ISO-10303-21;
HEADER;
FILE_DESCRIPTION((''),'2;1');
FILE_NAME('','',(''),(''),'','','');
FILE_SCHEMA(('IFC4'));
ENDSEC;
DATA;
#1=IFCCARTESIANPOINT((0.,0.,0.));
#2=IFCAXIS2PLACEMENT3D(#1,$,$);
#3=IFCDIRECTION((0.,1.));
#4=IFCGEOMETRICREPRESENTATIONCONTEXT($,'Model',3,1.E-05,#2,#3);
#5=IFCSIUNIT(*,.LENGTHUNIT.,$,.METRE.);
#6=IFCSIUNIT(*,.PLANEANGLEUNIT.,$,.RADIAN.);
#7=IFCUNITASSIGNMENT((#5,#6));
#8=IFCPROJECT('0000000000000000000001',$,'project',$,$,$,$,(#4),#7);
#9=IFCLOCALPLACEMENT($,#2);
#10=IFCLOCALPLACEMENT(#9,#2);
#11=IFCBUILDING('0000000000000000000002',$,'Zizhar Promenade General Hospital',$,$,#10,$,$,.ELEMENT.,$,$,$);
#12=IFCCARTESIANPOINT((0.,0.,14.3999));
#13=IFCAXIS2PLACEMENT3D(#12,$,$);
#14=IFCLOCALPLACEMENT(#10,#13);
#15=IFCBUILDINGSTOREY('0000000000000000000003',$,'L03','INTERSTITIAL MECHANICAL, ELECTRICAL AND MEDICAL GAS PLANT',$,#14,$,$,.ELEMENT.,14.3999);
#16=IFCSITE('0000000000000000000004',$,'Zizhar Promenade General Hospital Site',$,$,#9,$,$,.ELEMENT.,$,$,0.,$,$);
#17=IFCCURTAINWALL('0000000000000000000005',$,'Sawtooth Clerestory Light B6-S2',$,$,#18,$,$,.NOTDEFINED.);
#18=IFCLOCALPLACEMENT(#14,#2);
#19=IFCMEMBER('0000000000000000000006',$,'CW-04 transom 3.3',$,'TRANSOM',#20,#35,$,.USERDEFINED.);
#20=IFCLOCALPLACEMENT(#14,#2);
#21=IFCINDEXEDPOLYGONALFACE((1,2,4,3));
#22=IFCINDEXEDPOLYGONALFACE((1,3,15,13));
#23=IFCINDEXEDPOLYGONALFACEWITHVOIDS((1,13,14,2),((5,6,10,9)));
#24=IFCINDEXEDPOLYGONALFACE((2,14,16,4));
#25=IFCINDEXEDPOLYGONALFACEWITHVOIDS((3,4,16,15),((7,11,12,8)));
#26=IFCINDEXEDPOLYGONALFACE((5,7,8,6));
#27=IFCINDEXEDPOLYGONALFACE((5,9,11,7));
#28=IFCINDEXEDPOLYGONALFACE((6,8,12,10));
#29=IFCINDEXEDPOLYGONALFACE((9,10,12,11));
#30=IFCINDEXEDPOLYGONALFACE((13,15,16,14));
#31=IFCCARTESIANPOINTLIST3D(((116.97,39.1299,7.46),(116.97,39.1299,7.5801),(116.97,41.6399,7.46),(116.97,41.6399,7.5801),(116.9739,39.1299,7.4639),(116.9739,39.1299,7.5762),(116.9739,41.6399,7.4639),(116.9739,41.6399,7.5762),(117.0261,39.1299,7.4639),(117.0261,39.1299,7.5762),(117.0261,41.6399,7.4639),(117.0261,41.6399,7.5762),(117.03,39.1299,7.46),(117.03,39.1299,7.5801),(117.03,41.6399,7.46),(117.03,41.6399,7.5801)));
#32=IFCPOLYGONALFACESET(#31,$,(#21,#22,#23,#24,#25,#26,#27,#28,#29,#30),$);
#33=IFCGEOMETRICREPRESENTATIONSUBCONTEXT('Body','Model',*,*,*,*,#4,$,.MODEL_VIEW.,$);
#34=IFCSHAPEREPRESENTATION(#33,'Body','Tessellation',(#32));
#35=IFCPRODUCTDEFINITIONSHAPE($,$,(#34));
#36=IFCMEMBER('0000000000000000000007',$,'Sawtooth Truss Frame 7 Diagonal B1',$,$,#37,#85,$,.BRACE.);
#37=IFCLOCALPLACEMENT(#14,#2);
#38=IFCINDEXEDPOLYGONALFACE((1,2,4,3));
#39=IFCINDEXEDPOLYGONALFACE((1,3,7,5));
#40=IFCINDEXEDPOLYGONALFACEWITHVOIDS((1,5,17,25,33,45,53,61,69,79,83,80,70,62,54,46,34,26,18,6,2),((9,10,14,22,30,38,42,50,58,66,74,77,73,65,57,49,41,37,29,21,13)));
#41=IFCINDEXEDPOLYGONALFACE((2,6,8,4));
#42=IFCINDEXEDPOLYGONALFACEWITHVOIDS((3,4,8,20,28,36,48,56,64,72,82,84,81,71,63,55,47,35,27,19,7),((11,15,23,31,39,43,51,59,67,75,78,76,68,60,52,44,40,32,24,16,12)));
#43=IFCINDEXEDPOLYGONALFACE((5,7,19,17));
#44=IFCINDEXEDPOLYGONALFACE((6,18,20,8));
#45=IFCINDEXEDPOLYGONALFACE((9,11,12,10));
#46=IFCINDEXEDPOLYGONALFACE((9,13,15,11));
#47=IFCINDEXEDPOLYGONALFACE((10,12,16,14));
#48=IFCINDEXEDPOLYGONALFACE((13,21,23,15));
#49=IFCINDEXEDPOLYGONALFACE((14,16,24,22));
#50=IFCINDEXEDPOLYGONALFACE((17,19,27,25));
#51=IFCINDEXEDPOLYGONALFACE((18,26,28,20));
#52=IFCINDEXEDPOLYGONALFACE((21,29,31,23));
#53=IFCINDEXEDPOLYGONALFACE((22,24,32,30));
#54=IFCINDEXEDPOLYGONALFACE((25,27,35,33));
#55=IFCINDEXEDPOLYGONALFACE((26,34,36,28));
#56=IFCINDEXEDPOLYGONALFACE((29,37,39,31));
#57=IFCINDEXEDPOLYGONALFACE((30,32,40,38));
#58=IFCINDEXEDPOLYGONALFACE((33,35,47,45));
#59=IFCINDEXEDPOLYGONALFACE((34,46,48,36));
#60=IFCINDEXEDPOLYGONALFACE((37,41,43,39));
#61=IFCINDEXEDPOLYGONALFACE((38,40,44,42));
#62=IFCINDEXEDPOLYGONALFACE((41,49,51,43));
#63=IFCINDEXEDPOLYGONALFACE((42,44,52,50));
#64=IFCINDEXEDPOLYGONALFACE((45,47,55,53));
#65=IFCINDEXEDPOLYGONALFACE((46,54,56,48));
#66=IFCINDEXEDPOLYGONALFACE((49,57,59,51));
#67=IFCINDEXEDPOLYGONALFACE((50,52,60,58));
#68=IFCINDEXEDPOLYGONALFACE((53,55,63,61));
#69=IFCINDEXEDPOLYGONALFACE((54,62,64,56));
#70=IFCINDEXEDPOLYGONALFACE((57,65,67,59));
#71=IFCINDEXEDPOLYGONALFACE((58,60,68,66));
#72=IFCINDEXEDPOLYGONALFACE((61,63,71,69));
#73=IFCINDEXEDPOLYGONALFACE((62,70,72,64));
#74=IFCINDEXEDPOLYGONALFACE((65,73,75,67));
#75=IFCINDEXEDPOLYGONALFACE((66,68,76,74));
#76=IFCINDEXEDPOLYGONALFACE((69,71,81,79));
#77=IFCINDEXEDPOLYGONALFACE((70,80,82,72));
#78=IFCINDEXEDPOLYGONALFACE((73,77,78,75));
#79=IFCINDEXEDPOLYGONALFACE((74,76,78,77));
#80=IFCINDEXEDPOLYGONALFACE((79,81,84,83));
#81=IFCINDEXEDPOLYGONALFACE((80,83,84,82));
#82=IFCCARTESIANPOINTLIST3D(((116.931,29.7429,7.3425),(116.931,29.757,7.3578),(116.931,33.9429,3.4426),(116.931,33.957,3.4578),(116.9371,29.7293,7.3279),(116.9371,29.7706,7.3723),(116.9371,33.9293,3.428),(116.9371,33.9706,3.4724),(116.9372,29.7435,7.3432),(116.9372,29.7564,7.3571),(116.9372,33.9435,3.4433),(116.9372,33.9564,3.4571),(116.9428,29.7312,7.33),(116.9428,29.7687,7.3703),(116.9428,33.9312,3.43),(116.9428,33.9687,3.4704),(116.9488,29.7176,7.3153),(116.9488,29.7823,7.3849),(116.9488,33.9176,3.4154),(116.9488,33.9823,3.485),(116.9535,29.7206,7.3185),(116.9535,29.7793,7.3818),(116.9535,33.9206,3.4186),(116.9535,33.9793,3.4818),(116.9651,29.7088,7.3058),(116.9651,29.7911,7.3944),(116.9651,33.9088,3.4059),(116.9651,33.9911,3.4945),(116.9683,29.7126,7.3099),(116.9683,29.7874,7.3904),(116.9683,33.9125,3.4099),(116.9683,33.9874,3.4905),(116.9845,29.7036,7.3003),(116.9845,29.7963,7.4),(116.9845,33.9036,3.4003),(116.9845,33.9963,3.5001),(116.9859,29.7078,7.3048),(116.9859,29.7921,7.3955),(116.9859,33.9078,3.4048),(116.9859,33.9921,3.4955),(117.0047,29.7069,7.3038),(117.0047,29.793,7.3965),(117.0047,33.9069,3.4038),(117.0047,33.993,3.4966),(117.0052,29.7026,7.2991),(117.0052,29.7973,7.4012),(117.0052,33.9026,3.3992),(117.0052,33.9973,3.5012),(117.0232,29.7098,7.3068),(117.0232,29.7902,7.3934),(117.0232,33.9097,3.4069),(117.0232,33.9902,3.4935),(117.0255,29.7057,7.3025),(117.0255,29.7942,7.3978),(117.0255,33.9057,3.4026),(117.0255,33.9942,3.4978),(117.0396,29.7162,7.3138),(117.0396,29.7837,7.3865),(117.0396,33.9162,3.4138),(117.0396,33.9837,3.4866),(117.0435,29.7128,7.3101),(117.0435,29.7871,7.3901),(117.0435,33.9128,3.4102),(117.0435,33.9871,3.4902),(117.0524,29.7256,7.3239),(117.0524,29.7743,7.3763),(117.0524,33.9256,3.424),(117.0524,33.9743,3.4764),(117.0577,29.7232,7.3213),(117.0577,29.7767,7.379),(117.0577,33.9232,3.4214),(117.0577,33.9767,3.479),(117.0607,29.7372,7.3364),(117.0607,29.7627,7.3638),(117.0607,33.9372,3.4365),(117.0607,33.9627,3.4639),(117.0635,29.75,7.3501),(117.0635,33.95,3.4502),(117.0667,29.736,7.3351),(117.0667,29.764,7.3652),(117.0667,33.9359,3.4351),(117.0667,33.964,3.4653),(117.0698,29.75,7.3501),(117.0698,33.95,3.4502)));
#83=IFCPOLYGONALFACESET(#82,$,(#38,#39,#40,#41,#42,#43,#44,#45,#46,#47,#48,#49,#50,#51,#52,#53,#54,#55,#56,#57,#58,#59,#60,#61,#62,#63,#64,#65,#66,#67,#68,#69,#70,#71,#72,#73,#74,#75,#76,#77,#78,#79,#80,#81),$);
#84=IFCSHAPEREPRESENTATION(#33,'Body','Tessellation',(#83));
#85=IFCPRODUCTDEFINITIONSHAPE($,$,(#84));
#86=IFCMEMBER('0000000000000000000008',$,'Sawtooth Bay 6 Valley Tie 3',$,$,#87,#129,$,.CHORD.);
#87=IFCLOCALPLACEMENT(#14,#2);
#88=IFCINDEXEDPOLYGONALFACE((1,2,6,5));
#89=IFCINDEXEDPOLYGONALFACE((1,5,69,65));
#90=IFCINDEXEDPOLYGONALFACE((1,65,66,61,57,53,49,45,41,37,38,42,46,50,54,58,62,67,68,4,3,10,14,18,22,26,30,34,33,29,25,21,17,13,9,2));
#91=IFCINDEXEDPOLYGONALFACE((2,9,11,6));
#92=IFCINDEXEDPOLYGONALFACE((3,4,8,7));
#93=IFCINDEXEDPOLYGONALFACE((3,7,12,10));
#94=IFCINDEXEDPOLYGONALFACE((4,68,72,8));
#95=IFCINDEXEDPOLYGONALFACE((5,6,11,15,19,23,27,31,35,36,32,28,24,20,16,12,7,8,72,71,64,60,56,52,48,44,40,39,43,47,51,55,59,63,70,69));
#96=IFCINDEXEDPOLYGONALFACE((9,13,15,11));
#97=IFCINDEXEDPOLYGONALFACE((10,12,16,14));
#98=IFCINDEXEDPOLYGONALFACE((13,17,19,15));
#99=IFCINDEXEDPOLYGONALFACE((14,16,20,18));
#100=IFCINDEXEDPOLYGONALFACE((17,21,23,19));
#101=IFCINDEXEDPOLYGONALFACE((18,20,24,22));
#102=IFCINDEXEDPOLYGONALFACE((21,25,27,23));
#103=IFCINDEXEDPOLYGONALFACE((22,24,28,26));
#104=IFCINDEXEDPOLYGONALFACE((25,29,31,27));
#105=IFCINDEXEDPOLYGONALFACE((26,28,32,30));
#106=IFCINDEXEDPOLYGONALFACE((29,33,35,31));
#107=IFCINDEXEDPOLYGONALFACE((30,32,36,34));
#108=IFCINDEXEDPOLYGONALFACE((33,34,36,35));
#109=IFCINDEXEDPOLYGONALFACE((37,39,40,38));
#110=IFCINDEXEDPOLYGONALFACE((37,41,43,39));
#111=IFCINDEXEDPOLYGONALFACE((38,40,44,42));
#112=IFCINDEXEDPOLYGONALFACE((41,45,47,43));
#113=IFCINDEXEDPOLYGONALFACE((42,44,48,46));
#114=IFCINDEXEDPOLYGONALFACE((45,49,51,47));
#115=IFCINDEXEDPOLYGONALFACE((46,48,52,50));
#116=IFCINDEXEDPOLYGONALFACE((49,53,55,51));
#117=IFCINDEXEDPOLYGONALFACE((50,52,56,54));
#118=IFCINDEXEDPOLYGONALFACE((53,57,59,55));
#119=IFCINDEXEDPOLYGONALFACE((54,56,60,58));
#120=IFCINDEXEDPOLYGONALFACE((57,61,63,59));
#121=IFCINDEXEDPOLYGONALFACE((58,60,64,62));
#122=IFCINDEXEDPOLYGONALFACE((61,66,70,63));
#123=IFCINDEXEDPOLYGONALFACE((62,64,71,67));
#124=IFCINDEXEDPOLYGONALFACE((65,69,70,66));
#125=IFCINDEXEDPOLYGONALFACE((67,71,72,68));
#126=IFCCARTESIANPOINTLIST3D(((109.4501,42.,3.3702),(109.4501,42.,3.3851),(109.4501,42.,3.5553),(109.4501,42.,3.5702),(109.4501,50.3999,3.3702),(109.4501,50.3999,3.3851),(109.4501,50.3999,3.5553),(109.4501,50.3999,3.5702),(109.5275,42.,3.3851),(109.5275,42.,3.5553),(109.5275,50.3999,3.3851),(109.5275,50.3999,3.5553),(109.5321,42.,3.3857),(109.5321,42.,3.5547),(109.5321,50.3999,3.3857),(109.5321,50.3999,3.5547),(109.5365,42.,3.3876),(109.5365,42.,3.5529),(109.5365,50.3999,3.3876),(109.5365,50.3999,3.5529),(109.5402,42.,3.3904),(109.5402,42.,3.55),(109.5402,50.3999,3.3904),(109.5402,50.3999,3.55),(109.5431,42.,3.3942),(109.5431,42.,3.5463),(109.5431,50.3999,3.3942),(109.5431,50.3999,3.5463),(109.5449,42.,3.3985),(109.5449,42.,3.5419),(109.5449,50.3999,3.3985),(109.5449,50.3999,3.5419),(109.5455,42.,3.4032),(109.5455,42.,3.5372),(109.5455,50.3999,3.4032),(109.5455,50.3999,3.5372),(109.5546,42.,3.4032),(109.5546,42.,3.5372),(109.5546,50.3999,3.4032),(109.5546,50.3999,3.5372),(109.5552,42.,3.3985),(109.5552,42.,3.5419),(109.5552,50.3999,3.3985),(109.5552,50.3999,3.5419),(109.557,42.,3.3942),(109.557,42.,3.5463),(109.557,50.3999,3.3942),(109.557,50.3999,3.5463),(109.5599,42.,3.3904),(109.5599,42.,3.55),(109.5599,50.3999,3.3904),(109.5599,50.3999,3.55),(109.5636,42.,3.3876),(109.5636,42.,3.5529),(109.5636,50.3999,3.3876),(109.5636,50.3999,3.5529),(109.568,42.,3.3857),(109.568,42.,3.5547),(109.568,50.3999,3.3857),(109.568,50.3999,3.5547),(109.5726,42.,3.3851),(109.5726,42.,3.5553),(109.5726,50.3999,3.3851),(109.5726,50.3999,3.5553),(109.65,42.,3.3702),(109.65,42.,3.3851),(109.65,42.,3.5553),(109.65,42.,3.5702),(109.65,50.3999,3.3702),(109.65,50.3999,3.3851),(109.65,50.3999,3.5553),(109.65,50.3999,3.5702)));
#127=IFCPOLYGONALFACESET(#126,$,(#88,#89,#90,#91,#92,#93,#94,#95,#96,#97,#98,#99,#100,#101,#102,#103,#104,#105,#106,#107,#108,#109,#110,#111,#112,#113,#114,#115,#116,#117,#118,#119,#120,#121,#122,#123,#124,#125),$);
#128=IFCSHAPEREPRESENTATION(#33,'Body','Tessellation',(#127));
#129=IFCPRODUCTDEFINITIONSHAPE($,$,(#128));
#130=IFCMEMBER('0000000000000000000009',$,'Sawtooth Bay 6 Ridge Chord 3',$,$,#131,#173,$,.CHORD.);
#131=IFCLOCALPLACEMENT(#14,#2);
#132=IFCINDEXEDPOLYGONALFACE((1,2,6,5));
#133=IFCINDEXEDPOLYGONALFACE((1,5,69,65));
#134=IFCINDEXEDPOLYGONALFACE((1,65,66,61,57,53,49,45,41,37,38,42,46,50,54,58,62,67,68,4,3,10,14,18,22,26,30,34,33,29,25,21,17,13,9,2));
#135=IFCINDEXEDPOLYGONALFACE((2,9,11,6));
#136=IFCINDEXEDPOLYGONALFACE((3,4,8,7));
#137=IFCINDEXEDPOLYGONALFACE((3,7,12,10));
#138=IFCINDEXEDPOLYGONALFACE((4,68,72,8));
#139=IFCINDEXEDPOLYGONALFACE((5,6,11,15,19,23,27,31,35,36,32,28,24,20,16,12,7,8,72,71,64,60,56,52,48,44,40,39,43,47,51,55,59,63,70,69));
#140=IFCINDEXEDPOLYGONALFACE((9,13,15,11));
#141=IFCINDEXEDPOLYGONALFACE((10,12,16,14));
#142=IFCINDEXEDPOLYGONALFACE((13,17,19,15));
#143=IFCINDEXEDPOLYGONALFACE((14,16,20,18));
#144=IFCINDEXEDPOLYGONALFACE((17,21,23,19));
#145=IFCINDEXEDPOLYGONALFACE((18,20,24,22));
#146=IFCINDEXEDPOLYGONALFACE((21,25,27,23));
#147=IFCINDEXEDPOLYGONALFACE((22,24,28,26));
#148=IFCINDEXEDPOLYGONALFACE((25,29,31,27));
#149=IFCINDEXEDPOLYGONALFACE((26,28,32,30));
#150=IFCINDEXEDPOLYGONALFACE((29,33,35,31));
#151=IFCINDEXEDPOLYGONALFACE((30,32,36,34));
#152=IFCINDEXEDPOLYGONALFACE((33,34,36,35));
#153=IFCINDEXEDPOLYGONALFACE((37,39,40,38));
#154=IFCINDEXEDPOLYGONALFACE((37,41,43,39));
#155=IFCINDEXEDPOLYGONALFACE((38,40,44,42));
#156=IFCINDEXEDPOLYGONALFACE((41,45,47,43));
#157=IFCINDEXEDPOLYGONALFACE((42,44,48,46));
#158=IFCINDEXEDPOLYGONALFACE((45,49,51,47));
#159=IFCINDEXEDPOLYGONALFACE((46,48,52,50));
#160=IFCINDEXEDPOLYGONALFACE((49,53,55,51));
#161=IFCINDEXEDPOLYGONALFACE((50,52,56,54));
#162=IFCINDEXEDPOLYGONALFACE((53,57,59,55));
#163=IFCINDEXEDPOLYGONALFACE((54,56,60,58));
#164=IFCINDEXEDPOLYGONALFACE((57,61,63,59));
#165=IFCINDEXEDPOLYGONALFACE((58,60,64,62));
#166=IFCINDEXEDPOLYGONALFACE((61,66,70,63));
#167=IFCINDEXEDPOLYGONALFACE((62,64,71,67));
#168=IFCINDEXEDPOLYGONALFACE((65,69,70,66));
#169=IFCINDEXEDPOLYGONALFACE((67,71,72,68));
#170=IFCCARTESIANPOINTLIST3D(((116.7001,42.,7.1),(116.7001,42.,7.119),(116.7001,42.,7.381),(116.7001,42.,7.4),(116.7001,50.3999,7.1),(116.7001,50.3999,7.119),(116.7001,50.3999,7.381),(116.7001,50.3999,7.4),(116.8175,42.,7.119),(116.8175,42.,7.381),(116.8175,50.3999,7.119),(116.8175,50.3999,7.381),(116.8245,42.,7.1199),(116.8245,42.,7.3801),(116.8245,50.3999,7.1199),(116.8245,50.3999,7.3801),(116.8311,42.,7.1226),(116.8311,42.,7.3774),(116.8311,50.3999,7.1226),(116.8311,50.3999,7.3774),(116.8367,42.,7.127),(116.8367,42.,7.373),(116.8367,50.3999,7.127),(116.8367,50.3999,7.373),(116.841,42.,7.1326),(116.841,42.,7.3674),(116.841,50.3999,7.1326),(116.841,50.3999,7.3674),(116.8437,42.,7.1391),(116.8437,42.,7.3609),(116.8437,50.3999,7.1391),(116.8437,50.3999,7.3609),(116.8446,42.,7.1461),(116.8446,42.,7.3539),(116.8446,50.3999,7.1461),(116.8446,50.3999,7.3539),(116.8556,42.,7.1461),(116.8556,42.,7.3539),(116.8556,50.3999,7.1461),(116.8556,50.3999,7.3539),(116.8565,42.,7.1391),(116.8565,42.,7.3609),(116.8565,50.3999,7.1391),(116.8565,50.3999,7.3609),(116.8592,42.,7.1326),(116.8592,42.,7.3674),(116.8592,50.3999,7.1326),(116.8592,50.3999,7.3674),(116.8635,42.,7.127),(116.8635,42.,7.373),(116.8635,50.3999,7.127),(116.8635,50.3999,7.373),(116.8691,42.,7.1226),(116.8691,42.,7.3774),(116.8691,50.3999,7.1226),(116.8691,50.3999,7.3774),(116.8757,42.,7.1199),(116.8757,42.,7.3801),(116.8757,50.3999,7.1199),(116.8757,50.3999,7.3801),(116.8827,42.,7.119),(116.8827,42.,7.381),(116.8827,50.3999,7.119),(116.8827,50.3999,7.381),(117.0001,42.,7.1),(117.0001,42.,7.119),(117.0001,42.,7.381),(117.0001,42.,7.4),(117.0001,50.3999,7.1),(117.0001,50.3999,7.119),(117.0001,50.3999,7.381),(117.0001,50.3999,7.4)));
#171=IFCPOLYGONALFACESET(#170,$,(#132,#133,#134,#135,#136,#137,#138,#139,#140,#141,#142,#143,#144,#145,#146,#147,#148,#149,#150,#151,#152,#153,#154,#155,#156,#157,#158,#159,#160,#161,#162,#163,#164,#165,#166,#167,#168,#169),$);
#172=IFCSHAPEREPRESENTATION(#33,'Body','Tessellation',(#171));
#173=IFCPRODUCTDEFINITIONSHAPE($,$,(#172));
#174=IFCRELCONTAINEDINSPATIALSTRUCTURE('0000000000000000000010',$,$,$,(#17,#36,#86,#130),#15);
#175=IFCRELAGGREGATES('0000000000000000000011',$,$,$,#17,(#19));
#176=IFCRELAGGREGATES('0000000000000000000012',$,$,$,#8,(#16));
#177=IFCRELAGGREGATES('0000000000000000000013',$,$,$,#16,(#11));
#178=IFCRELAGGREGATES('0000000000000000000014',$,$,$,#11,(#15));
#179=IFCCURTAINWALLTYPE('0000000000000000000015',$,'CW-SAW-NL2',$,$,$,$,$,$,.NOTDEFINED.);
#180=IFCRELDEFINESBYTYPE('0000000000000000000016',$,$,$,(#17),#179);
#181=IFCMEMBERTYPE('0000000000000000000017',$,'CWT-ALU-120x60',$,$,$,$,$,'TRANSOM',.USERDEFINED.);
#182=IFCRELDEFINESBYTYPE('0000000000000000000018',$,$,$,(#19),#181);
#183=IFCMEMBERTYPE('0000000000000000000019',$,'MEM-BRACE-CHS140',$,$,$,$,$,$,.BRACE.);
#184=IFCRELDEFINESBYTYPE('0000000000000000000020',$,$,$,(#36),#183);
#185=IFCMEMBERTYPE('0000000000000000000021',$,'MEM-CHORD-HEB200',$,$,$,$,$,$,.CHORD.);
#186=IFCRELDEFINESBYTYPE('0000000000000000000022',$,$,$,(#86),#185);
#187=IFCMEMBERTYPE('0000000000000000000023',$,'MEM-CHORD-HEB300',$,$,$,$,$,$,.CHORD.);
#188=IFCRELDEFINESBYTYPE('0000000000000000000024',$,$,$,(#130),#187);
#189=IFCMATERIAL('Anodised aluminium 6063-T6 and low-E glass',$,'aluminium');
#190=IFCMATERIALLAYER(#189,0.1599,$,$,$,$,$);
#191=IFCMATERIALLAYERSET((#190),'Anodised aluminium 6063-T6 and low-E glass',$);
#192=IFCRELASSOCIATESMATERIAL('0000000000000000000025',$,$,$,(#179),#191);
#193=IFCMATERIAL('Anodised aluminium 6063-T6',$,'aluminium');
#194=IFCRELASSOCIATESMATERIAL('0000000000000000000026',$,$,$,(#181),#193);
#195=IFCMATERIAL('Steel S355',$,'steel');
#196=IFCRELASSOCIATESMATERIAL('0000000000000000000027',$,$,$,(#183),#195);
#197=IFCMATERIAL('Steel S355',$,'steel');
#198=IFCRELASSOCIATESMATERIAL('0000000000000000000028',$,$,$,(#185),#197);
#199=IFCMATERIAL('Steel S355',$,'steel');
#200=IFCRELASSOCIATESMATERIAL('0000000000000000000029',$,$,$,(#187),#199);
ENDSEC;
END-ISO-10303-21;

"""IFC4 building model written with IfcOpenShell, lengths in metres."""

from ifc_helpers import new_model, si_unit, direction, frame, origin, origin_2d, place, context, subcontext, project, spatial, hollow_rectangle, hollow_circle, i_section, extrude, material, layer, layer_set, material_profile, profile_set, type_object, element, aggregate, save


model = new_model("IFC4")

# Units and contexts
model_context = context("Model", 3, precision=1e-05, world=origin(), true_north=direction((0.0, 1.0)))
body_context = subcontext(model_context, "Body", "Model", "MODEL_VIEW")
ifc_project = project(units=[si_unit("LENGTHUNIT", "METRE"), si_unit("PLANEANGLEUNIT", "RADIAN")], contexts=[model_context])

# Site, building, storey
site_placement = place(None, origin())
site = spatial("IfcSite", under=ifc_project, at=site_placement, Name="Zizhar Promenade General Hospital Site", CompositionType="ELEMENT", RefElevation=0.0)
building_placement = place(site_placement, origin())
building = spatial("IfcBuilding", under=site, at=building_placement, Name="Zizhar Promenade General Hospital", CompositionType="ELEMENT")
storey_placement = place(building_placement, frame((0.0, 0.0, 14.3999)))
storey = spatial("IfcBuildingStorey", under=building, at=storey_placement, Name="L03", Description="INTERSTITIAL MECHANICAL, ELECTRICAL AND MEDICAL GAS PLANT", CompositionType="ELEMENT", Elevation=14.3999)

# Curtain wall, member
ifc_material_1 = material(Name="Anodised aluminium 6063-T6 and low-E glass", Category="aluminium")
ifc_layer_1 = layer(ifc_material_1, 0.1599)
ifc_layer_set_1 = layer_set([ifc_layer_1], Name="Anodised aluminium 6063-T6 and low-E glass")
curtain_wall_type = type_object("IfcCurtainWallType", Name="CW-SAW-NL2", PredefinedType="NOTDEFINED", material=ifc_layer_set_1)
curtain_wall_placement = place(storey_placement, origin())
curtain_wall = element("IfcCurtainWall", 1, at=curtain_wall_placement, inside=storey, type_object=curtain_wall_type, Name="Sawtooth Clerestory Light B6-S2", PredefinedType="NOTDEFINED")
ifc_material_2 = material(Name="Anodised aluminium 6063-T6", Category="aluminium")
ifc_material_profile_1 = material_profile(ifc_material_2, hollow_rectangle(XDim=0.0601, YDim=0.1201, WallThickness=0.0039, at=origin_2d()))
ifc_profile_set_1 = profile_set([ifc_material_profile_1], Name="Anodised aluminium 6063-T6")
member_type_1 = type_object("IfcMemberType", Name="CWT-ALU-120x60", ElementType="TRANSOM", PredefinedType="USERDEFINED", material=ifc_profile_set_1)
member_1_placement = place(storey_placement, frame((117.0, 39.1299, 7.52), z_axis=(0.0, 1.0, 0.0), x_axis=(-1.0, 0.0, 0.0)))
member_1 = element("IfcMember", 2, at=member_1_placement, type_object=member_type_1, Name="CW-04 transom 3.3", ObjectType="TRANSOM", PredefinedType="USERDEFINED", context=body_context, shape_type="SweptSolid", body=[
    extrude(hollow_rectangle(XDim=0.0601, YDim=0.1201, WallThickness=0.0039, at=origin_2d()), origin(), (0.0, 0.0, 1.0), 2.51),
])

# Members
ifc_material_3 = material(Name="Steel S355", Category="steel")
ifc_material_profile_2 = material_profile(ifc_material_3, hollow_circle(Radius=0.0698, WallThickness=0.0063, at=origin_2d()))
ifc_profile_set_2 = profile_set([ifc_material_profile_2], Name="Steel S355")
member_type_2 = type_object("IfcMemberType", Name="MEM-BRACE-CHS140", PredefinedType="BRACE", material=ifc_profile_set_2)
member_2_placement = place(storey_placement, frame((117.0, 33.95, 3.4502), z_axis=(0.0, -0.732798, 0.680446), x_axis=(1.0, 0.0, 0.0)))
element("IfcMember", 3, at=member_2_placement, inside=storey, type_object=member_type_2, Name="Sawtooth Truss Frame 7 Diagonal B1", PredefinedType="BRACE", context=body_context, shape_type="SweptSolid", body=[
    extrude(hollow_circle(Radius=0.0698, WallThickness=0.0063, at=origin_2d()), origin(), (0.0, 0.0, 1.0), 5.7314),
])
ifc_material_4 = material(Name="Steel S355", Category="steel")
ifc_material_profile_3 = material_profile(ifc_material_4, i_section(OverallWidth=0.2, OverallDepth=0.2, WebThickness=0.009, FlangeThickness=0.0149, FilletRadius=0.0181, at=origin_2d()))
ifc_profile_set_3 = profile_set([ifc_material_profile_3], Name="Steel S355")
member_type_3 = type_object("IfcMemberType", Name="MEM-CHORD-HEB200", PredefinedType="CHORD", material=ifc_profile_set_3)
member_3_placement = place(storey_placement, frame((109.55, 42.0, 3.4702), z_axis=(0.0, 1.0, 0.0), x_axis=(-1.0, 0.0, 0.0)))
element("IfcMember", 4, at=member_3_placement, inside=storey, type_object=member_type_3, Name="Sawtooth Bay 6 Valley Tie 3", PredefinedType="CHORD", context=body_context, shape_type="SweptSolid", body=[
    extrude(i_section(OverallWidth=0.2, OverallDepth=0.2, WebThickness=0.009, FlangeThickness=0.0149, FilletRadius=0.0181, at=origin_2d()), origin(), (0.0, 0.0, 1.0), 8.3999),
])
ifc_material_5 = material(Name="Steel S355", Category="steel")
ifc_material_profile_4 = material_profile(ifc_material_5, i_section(OverallWidth=0.3, OverallDepth=0.3, WebThickness=0.011, FlangeThickness=0.019, FilletRadius=0.0271, at=origin_2d()))
ifc_profile_set_4 = profile_set([ifc_material_profile_4], Name="Steel S355")
member_type_4 = type_object("IfcMemberType", Name="MEM-CHORD-HEB300", PredefinedType="CHORD", material=ifc_profile_set_4)
member_4_placement = place(storey_placement, frame((116.8501, 42.0, 7.25), z_axis=(0.0, 1.0, 0.0), x_axis=(-1.0, 0.0, 0.0)))
element("IfcMember", 5, at=member_4_placement, inside=storey, type_object=member_type_4, Name="Sawtooth Bay 6 Ridge Chord 3", PredefinedType="CHORD", context=body_context, shape_type="SweptSolid", body=[
    extrude(i_section(OverallWidth=0.3, OverallDepth=0.3, WebThickness=0.011, FlangeThickness=0.019, FilletRadius=0.0271, at=origin_2d()), origin(), (0.0, 0.0, 1.0), 8.3999),
])

aggregate(curtain_wall, [member_1])

save(model, "model.ifc")
